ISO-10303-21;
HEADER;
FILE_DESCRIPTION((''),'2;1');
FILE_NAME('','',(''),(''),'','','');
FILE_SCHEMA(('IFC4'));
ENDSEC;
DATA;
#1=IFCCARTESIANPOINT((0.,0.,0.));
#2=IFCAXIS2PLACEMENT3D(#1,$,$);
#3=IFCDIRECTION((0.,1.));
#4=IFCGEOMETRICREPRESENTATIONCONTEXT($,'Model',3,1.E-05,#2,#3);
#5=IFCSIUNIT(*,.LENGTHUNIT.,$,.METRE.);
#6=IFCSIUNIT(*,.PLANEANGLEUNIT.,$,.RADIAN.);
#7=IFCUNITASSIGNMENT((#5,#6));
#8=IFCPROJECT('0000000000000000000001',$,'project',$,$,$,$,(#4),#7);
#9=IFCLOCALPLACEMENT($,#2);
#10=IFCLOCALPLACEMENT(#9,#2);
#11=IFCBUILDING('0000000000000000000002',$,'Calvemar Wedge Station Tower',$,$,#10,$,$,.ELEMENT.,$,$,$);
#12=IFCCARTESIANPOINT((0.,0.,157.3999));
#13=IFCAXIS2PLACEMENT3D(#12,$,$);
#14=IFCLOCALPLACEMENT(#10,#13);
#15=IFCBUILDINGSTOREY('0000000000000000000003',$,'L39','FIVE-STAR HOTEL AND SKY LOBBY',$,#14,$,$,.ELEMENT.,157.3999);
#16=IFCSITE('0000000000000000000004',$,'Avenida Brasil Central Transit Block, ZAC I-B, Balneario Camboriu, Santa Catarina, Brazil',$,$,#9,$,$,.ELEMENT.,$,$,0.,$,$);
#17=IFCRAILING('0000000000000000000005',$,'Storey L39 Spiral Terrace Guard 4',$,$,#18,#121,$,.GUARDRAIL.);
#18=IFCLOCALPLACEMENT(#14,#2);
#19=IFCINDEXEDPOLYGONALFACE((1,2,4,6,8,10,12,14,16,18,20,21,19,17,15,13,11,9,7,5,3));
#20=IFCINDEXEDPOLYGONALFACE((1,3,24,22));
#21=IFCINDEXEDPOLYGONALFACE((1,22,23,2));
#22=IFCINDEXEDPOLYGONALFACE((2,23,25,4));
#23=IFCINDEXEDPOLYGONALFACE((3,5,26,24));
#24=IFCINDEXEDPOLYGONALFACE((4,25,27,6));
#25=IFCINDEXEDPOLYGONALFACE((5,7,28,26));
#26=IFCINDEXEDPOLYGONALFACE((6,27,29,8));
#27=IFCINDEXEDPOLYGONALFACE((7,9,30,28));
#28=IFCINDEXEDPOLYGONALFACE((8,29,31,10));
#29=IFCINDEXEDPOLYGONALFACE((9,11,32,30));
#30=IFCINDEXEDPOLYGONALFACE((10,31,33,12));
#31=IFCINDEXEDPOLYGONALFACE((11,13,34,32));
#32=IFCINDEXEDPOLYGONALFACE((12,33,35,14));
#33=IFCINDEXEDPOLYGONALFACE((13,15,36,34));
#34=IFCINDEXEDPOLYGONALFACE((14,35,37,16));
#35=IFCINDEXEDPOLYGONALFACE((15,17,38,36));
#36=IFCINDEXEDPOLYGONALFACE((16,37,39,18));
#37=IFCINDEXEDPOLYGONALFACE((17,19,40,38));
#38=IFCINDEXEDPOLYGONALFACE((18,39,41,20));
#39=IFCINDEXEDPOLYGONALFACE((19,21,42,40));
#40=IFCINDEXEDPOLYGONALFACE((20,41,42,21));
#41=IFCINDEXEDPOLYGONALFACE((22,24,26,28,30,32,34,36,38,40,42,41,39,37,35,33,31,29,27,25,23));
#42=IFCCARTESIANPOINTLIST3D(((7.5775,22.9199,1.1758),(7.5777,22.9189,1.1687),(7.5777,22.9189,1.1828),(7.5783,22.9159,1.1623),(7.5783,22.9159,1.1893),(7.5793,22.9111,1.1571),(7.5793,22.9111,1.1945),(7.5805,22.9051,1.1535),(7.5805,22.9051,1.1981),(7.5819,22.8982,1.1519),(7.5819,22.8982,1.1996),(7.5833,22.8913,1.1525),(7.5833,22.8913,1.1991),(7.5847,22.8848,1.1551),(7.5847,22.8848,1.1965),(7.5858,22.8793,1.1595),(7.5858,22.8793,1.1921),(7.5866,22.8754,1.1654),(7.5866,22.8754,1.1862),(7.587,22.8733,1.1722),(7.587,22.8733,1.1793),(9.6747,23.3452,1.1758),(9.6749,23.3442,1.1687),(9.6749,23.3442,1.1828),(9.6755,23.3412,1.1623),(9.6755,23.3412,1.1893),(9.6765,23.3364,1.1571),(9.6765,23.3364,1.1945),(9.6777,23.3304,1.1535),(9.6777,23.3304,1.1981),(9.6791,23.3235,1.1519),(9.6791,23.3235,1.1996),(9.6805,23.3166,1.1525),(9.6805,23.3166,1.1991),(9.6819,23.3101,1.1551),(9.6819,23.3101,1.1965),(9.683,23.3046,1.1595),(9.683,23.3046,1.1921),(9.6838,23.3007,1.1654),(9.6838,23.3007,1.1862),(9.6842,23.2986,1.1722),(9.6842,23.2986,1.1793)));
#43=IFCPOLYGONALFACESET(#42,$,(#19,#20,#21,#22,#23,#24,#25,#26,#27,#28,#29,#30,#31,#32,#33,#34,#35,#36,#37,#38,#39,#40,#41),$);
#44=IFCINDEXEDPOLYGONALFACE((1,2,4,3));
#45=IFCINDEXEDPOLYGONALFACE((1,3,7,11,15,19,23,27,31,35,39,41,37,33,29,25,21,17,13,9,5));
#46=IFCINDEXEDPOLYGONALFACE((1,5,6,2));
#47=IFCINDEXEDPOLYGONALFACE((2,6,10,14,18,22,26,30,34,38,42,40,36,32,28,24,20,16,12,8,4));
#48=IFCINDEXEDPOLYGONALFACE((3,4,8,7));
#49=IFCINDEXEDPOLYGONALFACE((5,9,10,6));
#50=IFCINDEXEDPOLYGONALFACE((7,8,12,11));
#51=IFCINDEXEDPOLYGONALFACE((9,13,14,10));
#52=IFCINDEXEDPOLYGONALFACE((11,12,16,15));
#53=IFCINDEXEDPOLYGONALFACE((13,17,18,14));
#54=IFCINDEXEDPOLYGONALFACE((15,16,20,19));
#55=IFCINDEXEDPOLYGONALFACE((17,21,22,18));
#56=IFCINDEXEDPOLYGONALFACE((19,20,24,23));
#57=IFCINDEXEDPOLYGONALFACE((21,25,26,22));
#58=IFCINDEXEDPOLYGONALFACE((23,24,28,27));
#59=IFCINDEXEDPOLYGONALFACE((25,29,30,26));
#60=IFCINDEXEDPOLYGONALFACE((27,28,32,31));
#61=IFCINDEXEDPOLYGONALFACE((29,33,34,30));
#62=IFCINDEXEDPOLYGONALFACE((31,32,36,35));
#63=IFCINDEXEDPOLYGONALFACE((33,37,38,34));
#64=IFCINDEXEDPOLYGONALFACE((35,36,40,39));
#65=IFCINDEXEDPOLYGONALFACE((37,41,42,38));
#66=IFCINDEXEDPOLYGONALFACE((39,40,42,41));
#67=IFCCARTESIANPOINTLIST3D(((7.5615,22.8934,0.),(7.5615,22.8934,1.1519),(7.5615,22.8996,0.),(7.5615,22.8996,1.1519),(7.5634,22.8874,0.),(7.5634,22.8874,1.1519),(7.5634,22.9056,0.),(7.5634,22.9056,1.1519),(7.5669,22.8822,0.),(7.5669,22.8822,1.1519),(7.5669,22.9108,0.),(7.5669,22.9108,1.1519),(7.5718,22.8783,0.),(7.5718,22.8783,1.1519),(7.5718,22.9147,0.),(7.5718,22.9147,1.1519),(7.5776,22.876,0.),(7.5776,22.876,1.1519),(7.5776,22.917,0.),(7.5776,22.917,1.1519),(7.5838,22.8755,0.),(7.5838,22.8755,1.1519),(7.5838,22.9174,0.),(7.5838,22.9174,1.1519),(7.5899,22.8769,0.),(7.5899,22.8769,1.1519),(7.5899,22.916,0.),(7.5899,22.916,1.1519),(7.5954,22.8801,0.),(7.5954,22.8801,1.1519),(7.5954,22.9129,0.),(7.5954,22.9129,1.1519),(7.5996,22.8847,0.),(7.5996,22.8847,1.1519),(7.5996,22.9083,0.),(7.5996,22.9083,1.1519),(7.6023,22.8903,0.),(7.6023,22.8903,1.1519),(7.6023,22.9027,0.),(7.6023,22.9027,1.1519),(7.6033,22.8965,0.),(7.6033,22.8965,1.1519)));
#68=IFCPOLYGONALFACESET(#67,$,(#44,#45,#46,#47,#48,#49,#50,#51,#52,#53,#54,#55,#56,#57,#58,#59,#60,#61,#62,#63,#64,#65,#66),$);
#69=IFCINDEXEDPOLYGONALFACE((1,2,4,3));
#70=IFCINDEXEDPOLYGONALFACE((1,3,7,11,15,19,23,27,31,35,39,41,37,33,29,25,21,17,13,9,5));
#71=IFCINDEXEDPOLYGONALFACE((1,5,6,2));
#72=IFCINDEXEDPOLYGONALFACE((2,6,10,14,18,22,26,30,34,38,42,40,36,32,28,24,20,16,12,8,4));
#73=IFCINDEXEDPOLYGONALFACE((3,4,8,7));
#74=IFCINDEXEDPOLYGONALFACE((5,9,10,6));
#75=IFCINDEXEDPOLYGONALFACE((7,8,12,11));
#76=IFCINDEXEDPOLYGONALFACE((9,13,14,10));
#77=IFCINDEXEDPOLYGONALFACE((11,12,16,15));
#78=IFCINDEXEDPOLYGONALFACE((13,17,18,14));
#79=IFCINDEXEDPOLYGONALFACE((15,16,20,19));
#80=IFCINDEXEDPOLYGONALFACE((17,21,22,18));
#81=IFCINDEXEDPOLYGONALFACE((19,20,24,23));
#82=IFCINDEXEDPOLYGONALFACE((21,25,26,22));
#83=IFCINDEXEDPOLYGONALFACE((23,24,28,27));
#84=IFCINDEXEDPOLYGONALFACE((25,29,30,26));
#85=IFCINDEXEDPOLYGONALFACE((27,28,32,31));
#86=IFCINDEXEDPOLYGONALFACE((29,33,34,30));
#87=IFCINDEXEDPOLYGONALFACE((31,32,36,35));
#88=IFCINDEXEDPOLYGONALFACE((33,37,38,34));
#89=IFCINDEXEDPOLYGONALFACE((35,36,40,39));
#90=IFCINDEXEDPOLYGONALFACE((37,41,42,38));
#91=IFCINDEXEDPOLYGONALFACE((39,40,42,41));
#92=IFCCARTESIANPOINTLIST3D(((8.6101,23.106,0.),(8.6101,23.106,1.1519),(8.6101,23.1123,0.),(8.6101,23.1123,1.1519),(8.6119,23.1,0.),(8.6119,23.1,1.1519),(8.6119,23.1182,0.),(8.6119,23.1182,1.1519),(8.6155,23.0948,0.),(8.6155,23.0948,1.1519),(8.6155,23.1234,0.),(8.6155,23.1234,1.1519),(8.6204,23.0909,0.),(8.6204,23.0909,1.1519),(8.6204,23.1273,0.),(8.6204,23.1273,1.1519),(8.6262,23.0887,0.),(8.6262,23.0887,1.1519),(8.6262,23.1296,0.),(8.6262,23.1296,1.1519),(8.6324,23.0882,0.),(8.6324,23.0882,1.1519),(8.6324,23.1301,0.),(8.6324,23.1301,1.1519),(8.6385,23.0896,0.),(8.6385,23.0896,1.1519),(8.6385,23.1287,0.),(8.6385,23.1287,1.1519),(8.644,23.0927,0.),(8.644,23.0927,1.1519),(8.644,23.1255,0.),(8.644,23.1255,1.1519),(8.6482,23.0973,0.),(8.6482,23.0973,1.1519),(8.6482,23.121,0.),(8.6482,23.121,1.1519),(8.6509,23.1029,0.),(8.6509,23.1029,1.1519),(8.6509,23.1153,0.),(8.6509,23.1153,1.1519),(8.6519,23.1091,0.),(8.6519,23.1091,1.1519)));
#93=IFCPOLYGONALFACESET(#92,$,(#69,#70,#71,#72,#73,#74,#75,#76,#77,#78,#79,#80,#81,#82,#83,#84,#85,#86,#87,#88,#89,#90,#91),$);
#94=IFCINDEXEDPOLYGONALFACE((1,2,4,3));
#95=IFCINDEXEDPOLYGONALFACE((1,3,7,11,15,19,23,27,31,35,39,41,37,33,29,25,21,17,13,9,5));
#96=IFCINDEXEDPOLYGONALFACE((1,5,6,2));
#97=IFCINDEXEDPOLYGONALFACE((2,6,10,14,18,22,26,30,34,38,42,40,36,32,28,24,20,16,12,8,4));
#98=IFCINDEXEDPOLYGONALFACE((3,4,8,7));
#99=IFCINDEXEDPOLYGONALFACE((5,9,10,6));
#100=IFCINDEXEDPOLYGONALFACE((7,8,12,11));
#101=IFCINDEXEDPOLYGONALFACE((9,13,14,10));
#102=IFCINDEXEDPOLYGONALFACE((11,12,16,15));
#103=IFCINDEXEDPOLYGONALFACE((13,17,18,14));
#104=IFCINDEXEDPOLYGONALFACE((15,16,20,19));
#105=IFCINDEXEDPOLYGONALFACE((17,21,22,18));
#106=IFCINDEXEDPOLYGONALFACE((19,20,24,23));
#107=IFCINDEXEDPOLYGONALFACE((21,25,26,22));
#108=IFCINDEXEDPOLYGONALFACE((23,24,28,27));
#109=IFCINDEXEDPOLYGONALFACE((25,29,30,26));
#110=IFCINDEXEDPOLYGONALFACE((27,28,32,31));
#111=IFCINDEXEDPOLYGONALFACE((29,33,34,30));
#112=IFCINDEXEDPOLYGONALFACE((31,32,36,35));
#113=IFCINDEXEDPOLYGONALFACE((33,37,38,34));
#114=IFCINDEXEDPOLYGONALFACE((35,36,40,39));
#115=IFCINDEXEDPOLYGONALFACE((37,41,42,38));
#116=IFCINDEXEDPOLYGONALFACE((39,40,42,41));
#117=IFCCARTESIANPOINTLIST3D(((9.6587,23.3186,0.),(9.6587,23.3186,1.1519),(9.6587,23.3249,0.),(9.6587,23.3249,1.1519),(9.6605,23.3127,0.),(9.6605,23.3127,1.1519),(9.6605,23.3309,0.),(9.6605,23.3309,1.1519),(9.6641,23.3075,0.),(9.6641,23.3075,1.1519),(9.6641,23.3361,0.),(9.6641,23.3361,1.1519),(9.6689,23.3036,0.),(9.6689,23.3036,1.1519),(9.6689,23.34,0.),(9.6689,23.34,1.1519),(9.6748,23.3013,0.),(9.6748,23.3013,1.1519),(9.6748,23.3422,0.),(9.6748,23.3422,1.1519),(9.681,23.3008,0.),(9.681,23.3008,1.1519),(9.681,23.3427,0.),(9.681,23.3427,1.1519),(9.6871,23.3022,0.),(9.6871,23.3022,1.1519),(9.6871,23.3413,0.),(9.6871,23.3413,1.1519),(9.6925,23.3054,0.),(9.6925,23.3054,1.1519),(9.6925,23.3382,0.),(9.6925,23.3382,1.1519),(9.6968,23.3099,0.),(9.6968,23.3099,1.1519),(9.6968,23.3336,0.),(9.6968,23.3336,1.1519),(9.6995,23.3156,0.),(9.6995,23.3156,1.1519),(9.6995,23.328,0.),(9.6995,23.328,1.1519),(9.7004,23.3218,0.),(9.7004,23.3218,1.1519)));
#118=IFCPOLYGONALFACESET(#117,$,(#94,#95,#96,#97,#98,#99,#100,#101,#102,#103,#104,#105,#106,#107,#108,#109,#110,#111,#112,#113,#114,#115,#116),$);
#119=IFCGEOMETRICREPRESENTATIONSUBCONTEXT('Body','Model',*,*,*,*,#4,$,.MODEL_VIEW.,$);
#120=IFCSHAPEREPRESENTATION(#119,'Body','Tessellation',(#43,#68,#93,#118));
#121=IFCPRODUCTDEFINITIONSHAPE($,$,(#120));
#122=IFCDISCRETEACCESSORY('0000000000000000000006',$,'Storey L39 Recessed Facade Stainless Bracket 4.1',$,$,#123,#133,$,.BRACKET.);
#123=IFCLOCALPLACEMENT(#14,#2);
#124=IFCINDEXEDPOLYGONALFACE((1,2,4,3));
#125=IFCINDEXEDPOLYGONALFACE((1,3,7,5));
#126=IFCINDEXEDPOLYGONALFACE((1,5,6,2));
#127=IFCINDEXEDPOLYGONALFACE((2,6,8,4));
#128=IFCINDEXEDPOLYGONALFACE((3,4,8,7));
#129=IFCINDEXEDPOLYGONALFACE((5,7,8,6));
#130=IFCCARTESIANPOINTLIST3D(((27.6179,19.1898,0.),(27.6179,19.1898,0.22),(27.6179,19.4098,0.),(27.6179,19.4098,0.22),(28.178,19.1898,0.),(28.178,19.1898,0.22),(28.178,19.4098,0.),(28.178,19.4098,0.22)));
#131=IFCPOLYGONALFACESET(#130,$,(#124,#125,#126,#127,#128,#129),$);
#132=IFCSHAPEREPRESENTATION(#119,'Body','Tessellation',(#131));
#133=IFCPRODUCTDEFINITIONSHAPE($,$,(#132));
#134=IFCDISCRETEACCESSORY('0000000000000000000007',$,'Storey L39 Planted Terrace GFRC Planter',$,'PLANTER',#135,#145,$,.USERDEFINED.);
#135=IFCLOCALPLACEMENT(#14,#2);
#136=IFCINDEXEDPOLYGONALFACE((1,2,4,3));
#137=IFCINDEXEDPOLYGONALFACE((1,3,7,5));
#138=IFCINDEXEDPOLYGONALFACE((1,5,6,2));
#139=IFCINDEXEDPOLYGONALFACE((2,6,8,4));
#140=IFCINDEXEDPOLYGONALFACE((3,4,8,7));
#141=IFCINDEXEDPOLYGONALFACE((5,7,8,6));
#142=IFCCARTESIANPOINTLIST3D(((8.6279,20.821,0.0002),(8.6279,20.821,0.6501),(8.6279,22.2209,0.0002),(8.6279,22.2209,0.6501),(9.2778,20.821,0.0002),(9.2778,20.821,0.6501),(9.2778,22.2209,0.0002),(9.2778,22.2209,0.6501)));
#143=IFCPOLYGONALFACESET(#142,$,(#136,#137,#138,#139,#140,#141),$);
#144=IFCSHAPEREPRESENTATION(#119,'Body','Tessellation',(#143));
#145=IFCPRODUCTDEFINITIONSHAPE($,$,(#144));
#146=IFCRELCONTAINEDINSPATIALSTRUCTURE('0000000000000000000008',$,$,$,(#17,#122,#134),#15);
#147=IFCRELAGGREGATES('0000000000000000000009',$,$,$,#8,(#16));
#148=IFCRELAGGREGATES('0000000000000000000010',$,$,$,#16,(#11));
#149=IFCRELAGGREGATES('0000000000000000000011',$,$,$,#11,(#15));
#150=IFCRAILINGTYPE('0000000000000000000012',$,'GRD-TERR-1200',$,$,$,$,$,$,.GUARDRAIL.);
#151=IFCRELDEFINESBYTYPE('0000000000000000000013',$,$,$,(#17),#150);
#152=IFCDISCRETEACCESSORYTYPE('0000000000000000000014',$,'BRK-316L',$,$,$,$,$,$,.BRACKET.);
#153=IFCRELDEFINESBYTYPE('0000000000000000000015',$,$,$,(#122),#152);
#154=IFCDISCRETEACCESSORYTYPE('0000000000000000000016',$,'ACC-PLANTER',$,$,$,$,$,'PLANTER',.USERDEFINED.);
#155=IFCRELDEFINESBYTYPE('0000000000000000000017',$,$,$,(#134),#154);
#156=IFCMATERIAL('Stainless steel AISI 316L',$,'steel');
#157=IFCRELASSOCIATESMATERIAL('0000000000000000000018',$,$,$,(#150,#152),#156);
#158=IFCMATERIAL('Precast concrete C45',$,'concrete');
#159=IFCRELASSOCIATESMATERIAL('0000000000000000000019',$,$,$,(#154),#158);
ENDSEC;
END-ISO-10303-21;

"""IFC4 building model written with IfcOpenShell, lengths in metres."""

from ifc_helpers import new_model, si_unit, direction, frame, origin, origin_2d, place, context, subcontext, project, spatial, rectangle, circle, extrude, source, transform, mapped, material, type_object, element, save


model = new_model("IFC4")

# Units and contexts
model_context = context("Model", 3, precision=1e-05, world=origin(), true_north=direction((0.0, 1.0)))
body_context = subcontext(model_context, "Body", "Model", "MODEL_VIEW")
ifc_project = project(units=[si_unit("LENGTHUNIT", "METRE"), si_unit("PLANEANGLEUNIT", "RADIAN")], contexts=[model_context])

# Site, building, storey
site_placement = place(None, origin())
site = spatial("IfcSite", under=ifc_project, at=site_placement, Name="Avenida Brasil Central Transit Block, ZAC I-B, Balneario Camboriu, Santa Catarina, Brazil", CompositionType="ELEMENT", RefElevation=0.0)
building_placement = place(site_placement, origin())
building = spatial("IfcBuilding", under=site, at=building_placement, Name="Calvemar Wedge Station Tower", CompositionType="ELEMENT")
storey_placement = place(building_placement, frame((0.0, 0.0, 157.3999)))
storey = spatial("IfcBuildingStorey", under=building, at=storey_placement, Name="L39", Description="FIVE-STAR HOTEL AND SKY LOBBY", CompositionType="ELEMENT", Elevation=157.3999)

# Shared definitions
ifc_material_1 = material(Name="Precast concrete C45", Category="concrete")

# Railing
ifc_material_2 = material(Name="Stainless steel AISI 316L", Category="steel")
railing_type = type_object("IfcRailingType", Name="GRD-TERR-1200", PredefinedType="GUARDRAIL", material=ifc_material_2)
railing_1_placement = place(storey_placement, frame((7.5823, 22.8965, 0.0)))
element("IfcRailing", 1, at=railing_1_placement, inside=storey, type_object=railing_type, Name="Storey L39 Spiral Terrace Guard 4", PredefinedType="GUARDRAIL", context=body_context, shape_type="SweptSolid", body=[
    extrude(circle(Radius=0.0239, at=origin_2d()), frame((0.0, 0.0, 1.1758), z_axis=(0.980051, 0.198748, 0.0), x_axis=(-0.198748, 0.980051, 0.0)), (0.0, 0.0, 1.0), 2.1399),
    extrude(circle(Radius=0.021, at=origin_2d()), origin(), (0.0, 0.0, 1.0), 1.1519),
    extrude(circle(Radius=0.021, at=origin_2d()), frame((1.0486, 0.2126, 0.0)), (0.0, 0.0, 1.0), 1.1519),
    extrude(circle(Radius=0.021, at=origin_2d()), frame((2.0972, 0.4253, 0.0)), (0.0, 0.0, 1.0), 1.1519),
])

# Discrete accessories
discrete_accessory_type_1 = type_object("IfcDiscreteAccessoryType", Name="BRK-316L", PredefinedType="BRACKET", material=ifc_material_2)
shared_shape_1 = source(origin(), body_context, "Body", "SweptSolid", [
    extrude(rectangle(XDim=0.22, YDim=0.5601, at=origin_2d()), origin(), (0.0, 0.0, 1.0), 0.22),
])
discrete_accessory_1_placement = place(storey_placement, frame((27.8979, 19.2998, 0.0), z_axis=(0.0, 0.0, 1.0), x_axis=(0.0, 1.0, 0.0)))
element("IfcDiscreteAccessory", 2, at=discrete_accessory_1_placement, inside=storey, type_object=discrete_accessory_type_1, Name="Storey L39 Recessed Facade Stainless Bracket 4.1", PredefinedType="BRACKET", context=body_context, shape_type="MappedRepresentation", body=[
    mapped(shared_shape_1, transform((0.0, 0.0, 0.0), scale=1.0)),
])
discrete_accessory_type_2 = type_object("IfcDiscreteAccessoryType", Name="ACC-PLANTER", ElementType="PLANTER", PredefinedType="USERDEFINED", material=ifc_material_1)
shared_shape_2 = source(origin(), body_context, "Body", "SweptSolid", [
    extrude(rectangle(XDim=0.6499, YDim=1.3999, at=origin_2d()), origin(), (0.0, 0.0, 1.0), 0.6499),
])
discrete_accessory_2_placement = place(storey_placement, frame((8.9529, 21.521, 0.0002), z_axis=(0.0, 0.0, 1.0), x_axis=(1.0, 0.0, 0.0)))
element("IfcDiscreteAccessory", 3, at=discrete_accessory_2_placement, inside=storey, type_object=discrete_accessory_type_2, Name="Storey L39 Planted Terrace GFRC Planter", ObjectType="PLANTER", PredefinedType="USERDEFINED", context=body_context, shape_type="MappedRepresentation", body=[
    mapped(shared_shape_2, transform((0.0, 0.0, 0.0), scale=1.0)),
])

save(model, "model.ifc")
